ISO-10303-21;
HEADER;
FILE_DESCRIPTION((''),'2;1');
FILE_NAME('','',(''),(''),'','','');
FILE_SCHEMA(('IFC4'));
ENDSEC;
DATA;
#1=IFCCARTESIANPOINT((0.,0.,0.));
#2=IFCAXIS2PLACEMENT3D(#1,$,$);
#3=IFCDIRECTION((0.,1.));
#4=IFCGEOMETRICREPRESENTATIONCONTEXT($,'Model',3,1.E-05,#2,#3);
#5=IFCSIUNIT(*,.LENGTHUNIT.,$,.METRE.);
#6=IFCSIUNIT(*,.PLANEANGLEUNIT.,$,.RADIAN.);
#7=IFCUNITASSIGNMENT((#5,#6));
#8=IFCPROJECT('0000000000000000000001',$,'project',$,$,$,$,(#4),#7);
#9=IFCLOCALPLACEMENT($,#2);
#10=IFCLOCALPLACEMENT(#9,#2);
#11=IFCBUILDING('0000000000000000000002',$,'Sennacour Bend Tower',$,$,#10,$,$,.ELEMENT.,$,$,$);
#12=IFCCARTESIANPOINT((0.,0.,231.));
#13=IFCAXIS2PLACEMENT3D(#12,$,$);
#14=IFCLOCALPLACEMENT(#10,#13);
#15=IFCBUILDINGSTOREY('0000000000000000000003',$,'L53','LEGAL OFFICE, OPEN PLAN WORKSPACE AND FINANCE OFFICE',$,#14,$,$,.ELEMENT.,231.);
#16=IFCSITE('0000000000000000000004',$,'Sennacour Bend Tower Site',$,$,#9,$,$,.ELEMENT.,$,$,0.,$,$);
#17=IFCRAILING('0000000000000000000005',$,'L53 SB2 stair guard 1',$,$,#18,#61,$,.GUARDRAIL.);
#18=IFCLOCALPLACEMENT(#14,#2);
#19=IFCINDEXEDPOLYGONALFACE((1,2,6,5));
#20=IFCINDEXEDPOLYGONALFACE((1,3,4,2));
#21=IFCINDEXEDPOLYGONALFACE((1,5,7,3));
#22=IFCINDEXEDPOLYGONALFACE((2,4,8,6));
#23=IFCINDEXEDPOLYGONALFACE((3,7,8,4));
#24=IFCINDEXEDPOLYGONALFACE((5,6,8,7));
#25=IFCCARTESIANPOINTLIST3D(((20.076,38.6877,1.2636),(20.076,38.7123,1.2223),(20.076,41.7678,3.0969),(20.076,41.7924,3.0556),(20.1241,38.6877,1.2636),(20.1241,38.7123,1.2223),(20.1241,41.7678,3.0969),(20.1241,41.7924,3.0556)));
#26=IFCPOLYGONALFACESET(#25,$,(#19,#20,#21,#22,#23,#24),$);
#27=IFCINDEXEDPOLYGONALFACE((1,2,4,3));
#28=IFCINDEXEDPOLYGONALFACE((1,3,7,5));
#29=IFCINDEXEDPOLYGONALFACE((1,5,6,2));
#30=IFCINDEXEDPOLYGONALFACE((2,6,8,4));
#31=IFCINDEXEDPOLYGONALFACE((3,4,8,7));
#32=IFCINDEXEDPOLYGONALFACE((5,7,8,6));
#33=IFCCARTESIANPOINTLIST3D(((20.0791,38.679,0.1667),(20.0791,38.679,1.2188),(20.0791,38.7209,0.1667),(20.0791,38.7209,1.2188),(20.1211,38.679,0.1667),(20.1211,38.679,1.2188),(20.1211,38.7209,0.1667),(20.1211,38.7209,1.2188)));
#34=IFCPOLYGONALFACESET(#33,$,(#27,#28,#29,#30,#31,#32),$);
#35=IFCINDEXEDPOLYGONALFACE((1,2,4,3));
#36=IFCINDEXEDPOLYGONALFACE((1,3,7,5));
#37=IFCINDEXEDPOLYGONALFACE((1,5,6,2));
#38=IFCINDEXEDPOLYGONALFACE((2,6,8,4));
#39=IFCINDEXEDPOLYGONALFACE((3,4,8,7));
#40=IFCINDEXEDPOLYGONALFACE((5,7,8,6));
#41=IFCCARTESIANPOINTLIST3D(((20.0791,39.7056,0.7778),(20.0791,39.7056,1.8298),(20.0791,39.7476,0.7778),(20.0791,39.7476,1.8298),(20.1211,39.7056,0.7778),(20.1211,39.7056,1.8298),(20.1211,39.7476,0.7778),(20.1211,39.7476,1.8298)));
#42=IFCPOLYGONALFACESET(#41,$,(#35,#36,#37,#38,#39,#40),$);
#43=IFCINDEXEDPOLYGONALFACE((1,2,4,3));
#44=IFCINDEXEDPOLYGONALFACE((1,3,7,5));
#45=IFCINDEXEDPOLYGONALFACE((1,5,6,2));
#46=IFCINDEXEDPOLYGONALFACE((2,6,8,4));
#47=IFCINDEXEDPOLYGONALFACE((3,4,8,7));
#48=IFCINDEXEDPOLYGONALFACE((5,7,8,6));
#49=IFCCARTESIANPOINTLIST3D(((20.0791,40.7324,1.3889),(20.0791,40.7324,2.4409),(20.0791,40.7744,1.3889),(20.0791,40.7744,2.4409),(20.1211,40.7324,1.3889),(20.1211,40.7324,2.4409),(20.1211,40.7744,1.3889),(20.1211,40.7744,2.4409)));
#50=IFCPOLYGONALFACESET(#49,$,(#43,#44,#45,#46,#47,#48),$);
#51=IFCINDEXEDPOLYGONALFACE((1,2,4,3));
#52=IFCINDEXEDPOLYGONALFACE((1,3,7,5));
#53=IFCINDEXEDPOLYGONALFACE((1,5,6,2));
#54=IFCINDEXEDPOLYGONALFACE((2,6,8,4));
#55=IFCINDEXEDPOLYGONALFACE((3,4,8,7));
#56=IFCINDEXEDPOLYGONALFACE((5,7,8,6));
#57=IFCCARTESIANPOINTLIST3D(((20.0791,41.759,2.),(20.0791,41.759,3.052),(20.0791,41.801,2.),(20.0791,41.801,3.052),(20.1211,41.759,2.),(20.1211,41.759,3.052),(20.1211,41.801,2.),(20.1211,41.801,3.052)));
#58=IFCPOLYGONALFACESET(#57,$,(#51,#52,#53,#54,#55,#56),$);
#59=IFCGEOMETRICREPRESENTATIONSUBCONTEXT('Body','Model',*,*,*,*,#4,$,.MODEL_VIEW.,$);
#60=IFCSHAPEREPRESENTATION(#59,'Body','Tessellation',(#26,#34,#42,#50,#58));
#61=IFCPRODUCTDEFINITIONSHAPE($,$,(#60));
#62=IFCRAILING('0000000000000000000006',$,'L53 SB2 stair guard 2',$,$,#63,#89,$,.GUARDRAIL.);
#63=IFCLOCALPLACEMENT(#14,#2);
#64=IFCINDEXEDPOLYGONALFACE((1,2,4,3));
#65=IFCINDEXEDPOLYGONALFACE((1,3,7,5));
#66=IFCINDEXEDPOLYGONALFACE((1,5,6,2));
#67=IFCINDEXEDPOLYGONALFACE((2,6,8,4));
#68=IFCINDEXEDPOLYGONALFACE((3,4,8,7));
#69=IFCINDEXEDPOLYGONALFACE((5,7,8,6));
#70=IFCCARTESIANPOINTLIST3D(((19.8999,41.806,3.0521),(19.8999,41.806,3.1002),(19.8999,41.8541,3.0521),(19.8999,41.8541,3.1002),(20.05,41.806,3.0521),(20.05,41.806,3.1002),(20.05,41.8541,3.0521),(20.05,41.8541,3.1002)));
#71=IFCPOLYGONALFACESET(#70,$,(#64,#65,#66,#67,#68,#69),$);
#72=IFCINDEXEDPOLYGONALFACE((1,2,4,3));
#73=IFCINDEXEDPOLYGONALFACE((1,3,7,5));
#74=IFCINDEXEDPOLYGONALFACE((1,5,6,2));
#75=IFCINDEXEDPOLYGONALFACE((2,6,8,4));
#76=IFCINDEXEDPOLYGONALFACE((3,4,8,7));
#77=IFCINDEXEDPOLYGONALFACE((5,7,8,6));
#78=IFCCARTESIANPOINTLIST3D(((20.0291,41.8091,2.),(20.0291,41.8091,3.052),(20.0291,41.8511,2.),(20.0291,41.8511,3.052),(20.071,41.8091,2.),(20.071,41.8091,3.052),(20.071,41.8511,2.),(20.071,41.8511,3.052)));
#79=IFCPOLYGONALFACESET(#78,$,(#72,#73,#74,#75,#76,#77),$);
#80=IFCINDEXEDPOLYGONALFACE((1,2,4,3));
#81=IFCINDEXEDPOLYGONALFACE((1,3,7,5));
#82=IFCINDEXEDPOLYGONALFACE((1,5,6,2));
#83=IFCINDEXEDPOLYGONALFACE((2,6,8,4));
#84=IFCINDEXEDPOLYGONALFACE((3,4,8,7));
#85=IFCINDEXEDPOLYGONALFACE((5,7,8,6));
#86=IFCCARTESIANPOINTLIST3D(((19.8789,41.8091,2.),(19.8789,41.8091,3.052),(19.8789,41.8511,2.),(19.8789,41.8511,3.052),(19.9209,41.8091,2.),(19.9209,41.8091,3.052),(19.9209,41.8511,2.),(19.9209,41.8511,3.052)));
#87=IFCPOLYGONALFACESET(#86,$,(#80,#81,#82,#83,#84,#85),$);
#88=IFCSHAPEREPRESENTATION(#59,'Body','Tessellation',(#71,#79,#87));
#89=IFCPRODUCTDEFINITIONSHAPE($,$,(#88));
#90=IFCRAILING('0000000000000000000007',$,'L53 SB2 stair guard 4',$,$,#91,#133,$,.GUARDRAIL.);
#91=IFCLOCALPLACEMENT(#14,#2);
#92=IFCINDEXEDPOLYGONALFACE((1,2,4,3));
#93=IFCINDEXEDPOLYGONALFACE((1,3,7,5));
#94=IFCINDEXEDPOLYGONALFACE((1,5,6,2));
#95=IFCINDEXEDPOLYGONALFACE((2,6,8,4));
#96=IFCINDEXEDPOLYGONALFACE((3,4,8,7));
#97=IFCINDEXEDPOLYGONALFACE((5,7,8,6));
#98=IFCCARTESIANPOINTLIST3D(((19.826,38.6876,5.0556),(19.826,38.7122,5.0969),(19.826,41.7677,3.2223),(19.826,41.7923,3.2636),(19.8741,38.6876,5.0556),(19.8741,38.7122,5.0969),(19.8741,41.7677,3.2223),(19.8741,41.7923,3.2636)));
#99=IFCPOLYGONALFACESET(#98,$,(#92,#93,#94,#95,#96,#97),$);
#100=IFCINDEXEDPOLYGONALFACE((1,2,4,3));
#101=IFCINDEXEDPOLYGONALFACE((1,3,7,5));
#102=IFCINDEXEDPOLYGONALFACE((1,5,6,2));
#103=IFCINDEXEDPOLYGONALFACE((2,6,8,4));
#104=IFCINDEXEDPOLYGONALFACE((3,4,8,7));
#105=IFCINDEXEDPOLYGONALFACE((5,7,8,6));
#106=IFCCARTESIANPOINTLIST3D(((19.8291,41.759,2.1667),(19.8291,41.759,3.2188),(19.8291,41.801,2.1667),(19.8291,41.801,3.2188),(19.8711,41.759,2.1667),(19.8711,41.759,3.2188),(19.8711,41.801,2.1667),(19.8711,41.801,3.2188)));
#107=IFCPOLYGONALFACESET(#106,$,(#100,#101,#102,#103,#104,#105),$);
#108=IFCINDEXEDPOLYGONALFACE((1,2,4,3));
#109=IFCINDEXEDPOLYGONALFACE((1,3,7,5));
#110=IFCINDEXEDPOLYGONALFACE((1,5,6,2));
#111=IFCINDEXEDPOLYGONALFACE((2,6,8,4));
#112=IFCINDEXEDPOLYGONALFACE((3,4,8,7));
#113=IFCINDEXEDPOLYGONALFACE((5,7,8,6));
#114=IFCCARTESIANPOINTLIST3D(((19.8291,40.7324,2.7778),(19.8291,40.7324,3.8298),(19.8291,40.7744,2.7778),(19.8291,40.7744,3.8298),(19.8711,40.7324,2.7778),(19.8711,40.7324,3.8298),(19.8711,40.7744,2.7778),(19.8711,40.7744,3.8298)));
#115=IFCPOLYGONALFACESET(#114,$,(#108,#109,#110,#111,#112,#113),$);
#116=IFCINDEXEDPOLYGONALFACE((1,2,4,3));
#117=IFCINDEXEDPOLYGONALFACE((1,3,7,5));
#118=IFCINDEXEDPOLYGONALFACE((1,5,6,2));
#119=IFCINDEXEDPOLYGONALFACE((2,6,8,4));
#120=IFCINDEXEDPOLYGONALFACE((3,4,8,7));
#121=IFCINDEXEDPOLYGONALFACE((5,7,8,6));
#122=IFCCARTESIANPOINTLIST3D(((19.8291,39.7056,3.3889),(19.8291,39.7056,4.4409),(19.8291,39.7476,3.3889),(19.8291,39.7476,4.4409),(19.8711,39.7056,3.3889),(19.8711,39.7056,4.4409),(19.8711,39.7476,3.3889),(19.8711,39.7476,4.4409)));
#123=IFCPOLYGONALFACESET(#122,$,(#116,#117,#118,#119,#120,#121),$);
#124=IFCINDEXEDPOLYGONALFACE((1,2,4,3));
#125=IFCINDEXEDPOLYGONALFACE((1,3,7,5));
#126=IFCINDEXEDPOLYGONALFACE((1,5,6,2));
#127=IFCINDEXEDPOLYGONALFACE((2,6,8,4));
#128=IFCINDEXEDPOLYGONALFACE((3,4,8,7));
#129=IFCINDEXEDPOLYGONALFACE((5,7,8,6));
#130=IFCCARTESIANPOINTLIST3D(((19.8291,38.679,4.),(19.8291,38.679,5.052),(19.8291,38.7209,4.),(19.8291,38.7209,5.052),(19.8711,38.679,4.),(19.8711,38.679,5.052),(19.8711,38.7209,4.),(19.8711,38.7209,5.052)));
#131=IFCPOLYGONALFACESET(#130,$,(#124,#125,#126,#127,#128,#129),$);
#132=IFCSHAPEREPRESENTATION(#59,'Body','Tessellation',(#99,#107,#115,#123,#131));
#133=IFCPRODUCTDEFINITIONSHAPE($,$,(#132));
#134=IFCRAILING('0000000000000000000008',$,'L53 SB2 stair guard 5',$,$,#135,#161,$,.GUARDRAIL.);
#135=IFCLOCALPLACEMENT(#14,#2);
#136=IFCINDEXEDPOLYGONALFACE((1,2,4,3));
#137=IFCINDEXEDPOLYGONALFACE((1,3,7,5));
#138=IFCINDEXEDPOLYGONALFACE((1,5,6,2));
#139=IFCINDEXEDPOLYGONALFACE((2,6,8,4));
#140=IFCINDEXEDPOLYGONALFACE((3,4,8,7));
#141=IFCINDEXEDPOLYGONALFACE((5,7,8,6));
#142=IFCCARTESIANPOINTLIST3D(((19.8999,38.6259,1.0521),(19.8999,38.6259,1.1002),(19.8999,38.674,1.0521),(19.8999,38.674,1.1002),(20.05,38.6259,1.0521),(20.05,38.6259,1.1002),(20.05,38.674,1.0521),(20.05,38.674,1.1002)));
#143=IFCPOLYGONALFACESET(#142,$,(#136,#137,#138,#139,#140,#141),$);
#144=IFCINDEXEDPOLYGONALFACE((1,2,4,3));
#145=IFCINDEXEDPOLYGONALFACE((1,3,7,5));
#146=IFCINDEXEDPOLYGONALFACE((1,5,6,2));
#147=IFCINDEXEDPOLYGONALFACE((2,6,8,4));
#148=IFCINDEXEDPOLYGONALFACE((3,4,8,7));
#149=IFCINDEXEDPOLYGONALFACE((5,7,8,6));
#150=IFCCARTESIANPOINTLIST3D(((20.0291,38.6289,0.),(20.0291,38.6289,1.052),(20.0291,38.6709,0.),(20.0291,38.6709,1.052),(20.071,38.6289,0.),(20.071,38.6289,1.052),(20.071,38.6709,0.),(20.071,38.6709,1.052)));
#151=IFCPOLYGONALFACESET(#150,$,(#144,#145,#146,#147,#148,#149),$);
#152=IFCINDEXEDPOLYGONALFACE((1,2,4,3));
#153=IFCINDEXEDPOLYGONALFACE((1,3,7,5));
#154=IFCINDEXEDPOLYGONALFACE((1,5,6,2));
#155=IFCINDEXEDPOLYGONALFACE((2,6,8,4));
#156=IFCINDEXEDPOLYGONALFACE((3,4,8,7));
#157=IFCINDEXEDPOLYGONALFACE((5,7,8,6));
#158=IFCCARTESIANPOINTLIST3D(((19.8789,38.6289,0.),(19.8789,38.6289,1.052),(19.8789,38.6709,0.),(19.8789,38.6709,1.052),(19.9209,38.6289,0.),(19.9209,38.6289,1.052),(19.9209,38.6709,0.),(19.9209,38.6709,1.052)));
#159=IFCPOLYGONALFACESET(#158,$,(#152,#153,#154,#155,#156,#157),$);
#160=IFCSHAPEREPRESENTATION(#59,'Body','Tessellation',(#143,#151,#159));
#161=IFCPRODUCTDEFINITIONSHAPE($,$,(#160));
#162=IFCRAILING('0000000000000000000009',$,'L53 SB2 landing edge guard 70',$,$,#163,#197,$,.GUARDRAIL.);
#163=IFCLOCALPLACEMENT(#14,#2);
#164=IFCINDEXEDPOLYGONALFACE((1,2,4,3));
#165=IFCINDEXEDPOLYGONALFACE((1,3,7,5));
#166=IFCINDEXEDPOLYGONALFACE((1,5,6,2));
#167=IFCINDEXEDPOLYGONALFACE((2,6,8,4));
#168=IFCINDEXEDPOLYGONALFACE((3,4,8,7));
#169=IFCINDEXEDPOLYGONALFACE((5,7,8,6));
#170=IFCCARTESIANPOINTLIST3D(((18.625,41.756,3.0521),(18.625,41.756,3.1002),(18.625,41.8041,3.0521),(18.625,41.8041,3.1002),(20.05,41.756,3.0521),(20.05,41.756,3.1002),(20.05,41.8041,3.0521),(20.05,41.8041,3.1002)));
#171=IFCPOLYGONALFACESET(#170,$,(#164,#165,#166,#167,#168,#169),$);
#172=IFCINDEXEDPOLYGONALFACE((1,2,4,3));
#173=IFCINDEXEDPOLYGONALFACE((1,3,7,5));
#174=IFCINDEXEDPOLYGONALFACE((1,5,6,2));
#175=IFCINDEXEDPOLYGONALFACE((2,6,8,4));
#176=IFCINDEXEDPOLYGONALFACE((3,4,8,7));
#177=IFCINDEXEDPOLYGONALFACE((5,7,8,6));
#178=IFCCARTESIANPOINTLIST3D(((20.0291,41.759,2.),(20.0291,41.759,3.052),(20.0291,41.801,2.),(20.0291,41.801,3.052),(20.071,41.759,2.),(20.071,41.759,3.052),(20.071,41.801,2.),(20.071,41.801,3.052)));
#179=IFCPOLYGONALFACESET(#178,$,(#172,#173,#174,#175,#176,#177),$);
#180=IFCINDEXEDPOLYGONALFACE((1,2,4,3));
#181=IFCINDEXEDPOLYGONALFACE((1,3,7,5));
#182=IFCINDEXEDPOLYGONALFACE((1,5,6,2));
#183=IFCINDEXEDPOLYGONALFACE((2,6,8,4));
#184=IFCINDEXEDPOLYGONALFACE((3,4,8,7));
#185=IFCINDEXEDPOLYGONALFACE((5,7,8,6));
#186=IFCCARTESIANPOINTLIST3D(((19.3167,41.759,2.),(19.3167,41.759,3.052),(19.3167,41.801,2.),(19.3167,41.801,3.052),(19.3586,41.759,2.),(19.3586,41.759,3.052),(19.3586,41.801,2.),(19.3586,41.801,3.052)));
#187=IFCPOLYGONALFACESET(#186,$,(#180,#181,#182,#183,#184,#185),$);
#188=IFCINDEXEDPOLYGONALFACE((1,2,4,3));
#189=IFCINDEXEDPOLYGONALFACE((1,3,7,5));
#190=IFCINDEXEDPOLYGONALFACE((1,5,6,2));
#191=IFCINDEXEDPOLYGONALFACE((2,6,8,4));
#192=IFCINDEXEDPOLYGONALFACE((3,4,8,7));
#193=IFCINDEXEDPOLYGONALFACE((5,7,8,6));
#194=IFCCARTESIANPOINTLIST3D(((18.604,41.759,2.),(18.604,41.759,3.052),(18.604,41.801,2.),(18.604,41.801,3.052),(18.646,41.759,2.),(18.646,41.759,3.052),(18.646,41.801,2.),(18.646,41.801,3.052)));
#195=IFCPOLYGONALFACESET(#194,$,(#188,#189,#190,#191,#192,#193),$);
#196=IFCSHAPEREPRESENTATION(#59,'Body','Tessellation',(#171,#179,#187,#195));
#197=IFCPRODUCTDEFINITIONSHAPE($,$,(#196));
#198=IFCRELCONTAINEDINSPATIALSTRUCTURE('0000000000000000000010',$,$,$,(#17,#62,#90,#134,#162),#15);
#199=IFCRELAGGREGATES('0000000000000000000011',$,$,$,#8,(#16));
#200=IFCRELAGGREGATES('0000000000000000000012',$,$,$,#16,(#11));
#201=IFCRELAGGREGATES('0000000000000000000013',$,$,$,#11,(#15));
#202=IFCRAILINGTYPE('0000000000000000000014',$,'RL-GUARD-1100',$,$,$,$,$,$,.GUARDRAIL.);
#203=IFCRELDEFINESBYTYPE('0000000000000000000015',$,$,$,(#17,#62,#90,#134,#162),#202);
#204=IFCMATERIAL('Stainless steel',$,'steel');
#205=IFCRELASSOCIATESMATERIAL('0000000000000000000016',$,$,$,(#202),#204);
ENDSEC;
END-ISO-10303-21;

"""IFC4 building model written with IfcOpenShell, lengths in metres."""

from ifc_helpers import new_model, si_unit, direction, frame, origin, origin_2d, place, context, subcontext, project, spatial, rectangle, extrude, material, type_object, element, save


model = new_model("IFC4")

# Units and contexts
model_context = context("Model", 3, precision=1e-05, world=origin(), true_north=direction((0.0, 1.0)))
body_context = subcontext(model_context, "Body", "Model", "MODEL_VIEW")
ifc_project = project(units=[si_unit("LENGTHUNIT", "METRE"), si_unit("PLANEANGLEUNIT", "RADIAN")], contexts=[model_context])

# Site, building, storey
site_placement = place(None, origin())
site = spatial("IfcSite", under=ifc_project, at=site_placement, Name="Sennacour Bend Tower Site", CompositionType="ELEMENT", RefElevation=0.0)
building_placement = place(site_placement, origin())
building = spatial("IfcBuilding", under=site, at=building_placement, Name="Sennacour Bend Tower", CompositionType="ELEMENT")
storey_placement = place(building_placement, frame((0.0, 0.0, 231.0)))
storey = spatial("IfcBuildingStorey", under=building, at=storey_placement, Name="L53", Description="LEGAL OFFICE, OPEN PLAN WORKSPACE AND FINANCE OFFICE", CompositionType="ELEMENT", Elevation=231.0)

# Railings
ifc_material_1 = material(Name="Stainless steel", Category="steel")
railing_type_1 = type_object("IfcRailingType", Name="RL-GUARD-1100", PredefinedType="GUARDRAIL", material=ifc_material_1)
railing_1_placement = place(storey_placement, frame((20.1001, 38.7, 0.1667)))
element("IfcRailing", 1, at=railing_1_placement, inside=storey, type_object=railing_type_1, Name="L53 SB2 stair guard 1", PredefinedType="GUARDRAIL", context=body_context, shape_type="SweptSolid", body=[
    extrude(rectangle(XDim=0.0481, YDim=0.0481, at=origin_2d()), frame((0.0, 0.0, 1.0762), z_axis=(0.0, 0.859309, 0.511458), x_axis=(-1.0, 0.0, 0.0)), (0.0, 0.0, 1.0), 3.5845),
    extrude(rectangle(XDim=0.042, YDim=0.042, at=origin_2d()), origin(), (0.0, 0.0, 1.0), 1.052),
    extrude(rectangle(XDim=0.042, YDim=0.042, at=origin_2d()), frame((0.0, 1.0266, 0.6111)), (0.0, 0.0, 1.0), 1.052),
    extrude(rectangle(XDim=0.042, YDim=0.042, at=origin_2d()), frame((0.0, 2.0535, 1.2222)), (0.0, 0.0, 1.0), 1.052),
    extrude(rectangle(XDim=0.042, YDim=0.042, at=origin_2d()), frame((0.0, 3.0801, 1.8333)), (0.0, 0.0, 1.0), 1.052),
])
railing_2_placement = place(storey_placement, frame((20.05, 41.8301, 2.0)))
element("IfcRailing", 2, at=railing_2_placement, inside=storey, type_object=railing_type_1, Name="L53 SB2 stair guard 2", PredefinedType="GUARDRAIL", context=body_context, shape_type="SweptSolid", body=[
    extrude(rectangle(XDim=0.0481, YDim=0.0481, at=origin_2d()), frame((0.0, 0.0, 1.0762), z_axis=(-1.0, 0.0, 0.0), x_axis=(0.0, -1.0, 0.0)), (0.0, 0.0, 1.0), 0.1501),
    extrude(rectangle(XDim=0.042, YDim=0.042, at=origin_2d()), origin(), (0.0, 0.0, 1.0), 1.052),
    extrude(rectangle(XDim=0.042, YDim=0.042, at=origin_2d()), frame((-0.1501, 0.0, 0.0)), (0.0, 0.0, 1.0), 1.052),
])
railing_3_placement = place(storey_placement, frame((19.8501, 41.78, 2.1667)))
element("IfcRailing", 3, at=railing_3_placement, inside=storey, type_object=railing_type_1, Name="L53 SB2 stair guard 4", PredefinedType="GUARDRAIL", context=body_context, shape_type="SweptSolid", body=[
    extrude(rectangle(XDim=0.0481, YDim=0.0481, at=origin_2d()), frame((0.0, 0.0, 1.0762), z_axis=(0.0, -0.859309, 0.511458), x_axis=(1.0, 0.0, 0.0)), (0.0, 0.0, 1.0), 3.5845),
    extrude(rectangle(XDim=0.042, YDim=0.042, at=origin_2d()), origin(), (0.0, 0.0, 1.0), 1.052),
    extrude(rectangle(XDim=0.042, YDim=0.042, at=origin_2d()), frame((0.0, -1.0266, 0.6111)), (0.0, 0.0, 1.0), 1.052),
    extrude(rectangle(XDim=0.042, YDim=0.042, at=origin_2d()), frame((0.0, -2.0535, 1.2222)), (0.0, 0.0, 1.0), 1.052),
    extrude(rectangle(XDim=0.042, YDim=0.042, at=origin_2d()), frame((0.0, -3.0801, 1.8333)), (0.0, 0.0, 1.0), 1.052),
])
railing_4_placement = place(storey_placement, frame((20.05, 38.6499, 0.0)))
element("IfcRailing", 4, at=railing_4_placement, inside=storey, type_object=railing_type_1, Name="L53 SB2 stair guard 5", PredefinedType="GUARDRAIL", context=body_context, shape_type="SweptSolid", body=[
    extrude(rectangle(XDim=0.0481, YDim=0.0481, at=origin_2d()), frame((0.0, 0.0, 1.0762), z_axis=(-1.0, 0.0, 0.0), x_axis=(0.0, -1.0, 0.0)), (0.0, 0.0, 1.0), 0.1501),
    extrude(rectangle(XDim=0.042, YDim=0.042, at=origin_2d()), origin(), (0.0, 0.0, 1.0), 1.052),
    extrude(rectangle(XDim=0.042, YDim=0.042, at=origin_2d()), frame((-0.1501, 0.0, 0.0)), (0.0, 0.0, 1.0), 1.052),
])
railing_5_placement = place(storey_placement, frame((20.05, 41.78, 2.0)))
element("IfcRailing", 5, at=railing_5_placement, inside=storey, type_object=railing_type_1, Name="L53 SB2 landing edge guard 70", PredefinedType="GUARDRAIL", context=body_context, shape_type="SweptSolid", body=[
    extrude(rectangle(XDim=0.0481, YDim=0.0481, at=origin_2d()), frame((0.0, 0.0, 1.0762), z_axis=(-1.0, 0.0, 0.0), x_axis=(0.0, -1.0, 0.0)), (0.0, 0.0, 1.0), 1.425),
    extrude(rectangle(XDim=0.042, YDim=0.042, at=origin_2d()), origin(), (0.0, 0.0, 1.0), 1.052),
    extrude(rectangle(XDim=0.042, YDim=0.042, at=origin_2d()), frame((-0.7124, 0.0, 0.0)), (0.0, 0.0, 1.0), 1.052),
    extrude(rectangle(XDim=0.042, YDim=0.042, at=origin_2d()), frame((-1.425, 0.0, 0.0)), (0.0, 0.0, 1.0), 1.052),
])

save(model, "model.ifc")
